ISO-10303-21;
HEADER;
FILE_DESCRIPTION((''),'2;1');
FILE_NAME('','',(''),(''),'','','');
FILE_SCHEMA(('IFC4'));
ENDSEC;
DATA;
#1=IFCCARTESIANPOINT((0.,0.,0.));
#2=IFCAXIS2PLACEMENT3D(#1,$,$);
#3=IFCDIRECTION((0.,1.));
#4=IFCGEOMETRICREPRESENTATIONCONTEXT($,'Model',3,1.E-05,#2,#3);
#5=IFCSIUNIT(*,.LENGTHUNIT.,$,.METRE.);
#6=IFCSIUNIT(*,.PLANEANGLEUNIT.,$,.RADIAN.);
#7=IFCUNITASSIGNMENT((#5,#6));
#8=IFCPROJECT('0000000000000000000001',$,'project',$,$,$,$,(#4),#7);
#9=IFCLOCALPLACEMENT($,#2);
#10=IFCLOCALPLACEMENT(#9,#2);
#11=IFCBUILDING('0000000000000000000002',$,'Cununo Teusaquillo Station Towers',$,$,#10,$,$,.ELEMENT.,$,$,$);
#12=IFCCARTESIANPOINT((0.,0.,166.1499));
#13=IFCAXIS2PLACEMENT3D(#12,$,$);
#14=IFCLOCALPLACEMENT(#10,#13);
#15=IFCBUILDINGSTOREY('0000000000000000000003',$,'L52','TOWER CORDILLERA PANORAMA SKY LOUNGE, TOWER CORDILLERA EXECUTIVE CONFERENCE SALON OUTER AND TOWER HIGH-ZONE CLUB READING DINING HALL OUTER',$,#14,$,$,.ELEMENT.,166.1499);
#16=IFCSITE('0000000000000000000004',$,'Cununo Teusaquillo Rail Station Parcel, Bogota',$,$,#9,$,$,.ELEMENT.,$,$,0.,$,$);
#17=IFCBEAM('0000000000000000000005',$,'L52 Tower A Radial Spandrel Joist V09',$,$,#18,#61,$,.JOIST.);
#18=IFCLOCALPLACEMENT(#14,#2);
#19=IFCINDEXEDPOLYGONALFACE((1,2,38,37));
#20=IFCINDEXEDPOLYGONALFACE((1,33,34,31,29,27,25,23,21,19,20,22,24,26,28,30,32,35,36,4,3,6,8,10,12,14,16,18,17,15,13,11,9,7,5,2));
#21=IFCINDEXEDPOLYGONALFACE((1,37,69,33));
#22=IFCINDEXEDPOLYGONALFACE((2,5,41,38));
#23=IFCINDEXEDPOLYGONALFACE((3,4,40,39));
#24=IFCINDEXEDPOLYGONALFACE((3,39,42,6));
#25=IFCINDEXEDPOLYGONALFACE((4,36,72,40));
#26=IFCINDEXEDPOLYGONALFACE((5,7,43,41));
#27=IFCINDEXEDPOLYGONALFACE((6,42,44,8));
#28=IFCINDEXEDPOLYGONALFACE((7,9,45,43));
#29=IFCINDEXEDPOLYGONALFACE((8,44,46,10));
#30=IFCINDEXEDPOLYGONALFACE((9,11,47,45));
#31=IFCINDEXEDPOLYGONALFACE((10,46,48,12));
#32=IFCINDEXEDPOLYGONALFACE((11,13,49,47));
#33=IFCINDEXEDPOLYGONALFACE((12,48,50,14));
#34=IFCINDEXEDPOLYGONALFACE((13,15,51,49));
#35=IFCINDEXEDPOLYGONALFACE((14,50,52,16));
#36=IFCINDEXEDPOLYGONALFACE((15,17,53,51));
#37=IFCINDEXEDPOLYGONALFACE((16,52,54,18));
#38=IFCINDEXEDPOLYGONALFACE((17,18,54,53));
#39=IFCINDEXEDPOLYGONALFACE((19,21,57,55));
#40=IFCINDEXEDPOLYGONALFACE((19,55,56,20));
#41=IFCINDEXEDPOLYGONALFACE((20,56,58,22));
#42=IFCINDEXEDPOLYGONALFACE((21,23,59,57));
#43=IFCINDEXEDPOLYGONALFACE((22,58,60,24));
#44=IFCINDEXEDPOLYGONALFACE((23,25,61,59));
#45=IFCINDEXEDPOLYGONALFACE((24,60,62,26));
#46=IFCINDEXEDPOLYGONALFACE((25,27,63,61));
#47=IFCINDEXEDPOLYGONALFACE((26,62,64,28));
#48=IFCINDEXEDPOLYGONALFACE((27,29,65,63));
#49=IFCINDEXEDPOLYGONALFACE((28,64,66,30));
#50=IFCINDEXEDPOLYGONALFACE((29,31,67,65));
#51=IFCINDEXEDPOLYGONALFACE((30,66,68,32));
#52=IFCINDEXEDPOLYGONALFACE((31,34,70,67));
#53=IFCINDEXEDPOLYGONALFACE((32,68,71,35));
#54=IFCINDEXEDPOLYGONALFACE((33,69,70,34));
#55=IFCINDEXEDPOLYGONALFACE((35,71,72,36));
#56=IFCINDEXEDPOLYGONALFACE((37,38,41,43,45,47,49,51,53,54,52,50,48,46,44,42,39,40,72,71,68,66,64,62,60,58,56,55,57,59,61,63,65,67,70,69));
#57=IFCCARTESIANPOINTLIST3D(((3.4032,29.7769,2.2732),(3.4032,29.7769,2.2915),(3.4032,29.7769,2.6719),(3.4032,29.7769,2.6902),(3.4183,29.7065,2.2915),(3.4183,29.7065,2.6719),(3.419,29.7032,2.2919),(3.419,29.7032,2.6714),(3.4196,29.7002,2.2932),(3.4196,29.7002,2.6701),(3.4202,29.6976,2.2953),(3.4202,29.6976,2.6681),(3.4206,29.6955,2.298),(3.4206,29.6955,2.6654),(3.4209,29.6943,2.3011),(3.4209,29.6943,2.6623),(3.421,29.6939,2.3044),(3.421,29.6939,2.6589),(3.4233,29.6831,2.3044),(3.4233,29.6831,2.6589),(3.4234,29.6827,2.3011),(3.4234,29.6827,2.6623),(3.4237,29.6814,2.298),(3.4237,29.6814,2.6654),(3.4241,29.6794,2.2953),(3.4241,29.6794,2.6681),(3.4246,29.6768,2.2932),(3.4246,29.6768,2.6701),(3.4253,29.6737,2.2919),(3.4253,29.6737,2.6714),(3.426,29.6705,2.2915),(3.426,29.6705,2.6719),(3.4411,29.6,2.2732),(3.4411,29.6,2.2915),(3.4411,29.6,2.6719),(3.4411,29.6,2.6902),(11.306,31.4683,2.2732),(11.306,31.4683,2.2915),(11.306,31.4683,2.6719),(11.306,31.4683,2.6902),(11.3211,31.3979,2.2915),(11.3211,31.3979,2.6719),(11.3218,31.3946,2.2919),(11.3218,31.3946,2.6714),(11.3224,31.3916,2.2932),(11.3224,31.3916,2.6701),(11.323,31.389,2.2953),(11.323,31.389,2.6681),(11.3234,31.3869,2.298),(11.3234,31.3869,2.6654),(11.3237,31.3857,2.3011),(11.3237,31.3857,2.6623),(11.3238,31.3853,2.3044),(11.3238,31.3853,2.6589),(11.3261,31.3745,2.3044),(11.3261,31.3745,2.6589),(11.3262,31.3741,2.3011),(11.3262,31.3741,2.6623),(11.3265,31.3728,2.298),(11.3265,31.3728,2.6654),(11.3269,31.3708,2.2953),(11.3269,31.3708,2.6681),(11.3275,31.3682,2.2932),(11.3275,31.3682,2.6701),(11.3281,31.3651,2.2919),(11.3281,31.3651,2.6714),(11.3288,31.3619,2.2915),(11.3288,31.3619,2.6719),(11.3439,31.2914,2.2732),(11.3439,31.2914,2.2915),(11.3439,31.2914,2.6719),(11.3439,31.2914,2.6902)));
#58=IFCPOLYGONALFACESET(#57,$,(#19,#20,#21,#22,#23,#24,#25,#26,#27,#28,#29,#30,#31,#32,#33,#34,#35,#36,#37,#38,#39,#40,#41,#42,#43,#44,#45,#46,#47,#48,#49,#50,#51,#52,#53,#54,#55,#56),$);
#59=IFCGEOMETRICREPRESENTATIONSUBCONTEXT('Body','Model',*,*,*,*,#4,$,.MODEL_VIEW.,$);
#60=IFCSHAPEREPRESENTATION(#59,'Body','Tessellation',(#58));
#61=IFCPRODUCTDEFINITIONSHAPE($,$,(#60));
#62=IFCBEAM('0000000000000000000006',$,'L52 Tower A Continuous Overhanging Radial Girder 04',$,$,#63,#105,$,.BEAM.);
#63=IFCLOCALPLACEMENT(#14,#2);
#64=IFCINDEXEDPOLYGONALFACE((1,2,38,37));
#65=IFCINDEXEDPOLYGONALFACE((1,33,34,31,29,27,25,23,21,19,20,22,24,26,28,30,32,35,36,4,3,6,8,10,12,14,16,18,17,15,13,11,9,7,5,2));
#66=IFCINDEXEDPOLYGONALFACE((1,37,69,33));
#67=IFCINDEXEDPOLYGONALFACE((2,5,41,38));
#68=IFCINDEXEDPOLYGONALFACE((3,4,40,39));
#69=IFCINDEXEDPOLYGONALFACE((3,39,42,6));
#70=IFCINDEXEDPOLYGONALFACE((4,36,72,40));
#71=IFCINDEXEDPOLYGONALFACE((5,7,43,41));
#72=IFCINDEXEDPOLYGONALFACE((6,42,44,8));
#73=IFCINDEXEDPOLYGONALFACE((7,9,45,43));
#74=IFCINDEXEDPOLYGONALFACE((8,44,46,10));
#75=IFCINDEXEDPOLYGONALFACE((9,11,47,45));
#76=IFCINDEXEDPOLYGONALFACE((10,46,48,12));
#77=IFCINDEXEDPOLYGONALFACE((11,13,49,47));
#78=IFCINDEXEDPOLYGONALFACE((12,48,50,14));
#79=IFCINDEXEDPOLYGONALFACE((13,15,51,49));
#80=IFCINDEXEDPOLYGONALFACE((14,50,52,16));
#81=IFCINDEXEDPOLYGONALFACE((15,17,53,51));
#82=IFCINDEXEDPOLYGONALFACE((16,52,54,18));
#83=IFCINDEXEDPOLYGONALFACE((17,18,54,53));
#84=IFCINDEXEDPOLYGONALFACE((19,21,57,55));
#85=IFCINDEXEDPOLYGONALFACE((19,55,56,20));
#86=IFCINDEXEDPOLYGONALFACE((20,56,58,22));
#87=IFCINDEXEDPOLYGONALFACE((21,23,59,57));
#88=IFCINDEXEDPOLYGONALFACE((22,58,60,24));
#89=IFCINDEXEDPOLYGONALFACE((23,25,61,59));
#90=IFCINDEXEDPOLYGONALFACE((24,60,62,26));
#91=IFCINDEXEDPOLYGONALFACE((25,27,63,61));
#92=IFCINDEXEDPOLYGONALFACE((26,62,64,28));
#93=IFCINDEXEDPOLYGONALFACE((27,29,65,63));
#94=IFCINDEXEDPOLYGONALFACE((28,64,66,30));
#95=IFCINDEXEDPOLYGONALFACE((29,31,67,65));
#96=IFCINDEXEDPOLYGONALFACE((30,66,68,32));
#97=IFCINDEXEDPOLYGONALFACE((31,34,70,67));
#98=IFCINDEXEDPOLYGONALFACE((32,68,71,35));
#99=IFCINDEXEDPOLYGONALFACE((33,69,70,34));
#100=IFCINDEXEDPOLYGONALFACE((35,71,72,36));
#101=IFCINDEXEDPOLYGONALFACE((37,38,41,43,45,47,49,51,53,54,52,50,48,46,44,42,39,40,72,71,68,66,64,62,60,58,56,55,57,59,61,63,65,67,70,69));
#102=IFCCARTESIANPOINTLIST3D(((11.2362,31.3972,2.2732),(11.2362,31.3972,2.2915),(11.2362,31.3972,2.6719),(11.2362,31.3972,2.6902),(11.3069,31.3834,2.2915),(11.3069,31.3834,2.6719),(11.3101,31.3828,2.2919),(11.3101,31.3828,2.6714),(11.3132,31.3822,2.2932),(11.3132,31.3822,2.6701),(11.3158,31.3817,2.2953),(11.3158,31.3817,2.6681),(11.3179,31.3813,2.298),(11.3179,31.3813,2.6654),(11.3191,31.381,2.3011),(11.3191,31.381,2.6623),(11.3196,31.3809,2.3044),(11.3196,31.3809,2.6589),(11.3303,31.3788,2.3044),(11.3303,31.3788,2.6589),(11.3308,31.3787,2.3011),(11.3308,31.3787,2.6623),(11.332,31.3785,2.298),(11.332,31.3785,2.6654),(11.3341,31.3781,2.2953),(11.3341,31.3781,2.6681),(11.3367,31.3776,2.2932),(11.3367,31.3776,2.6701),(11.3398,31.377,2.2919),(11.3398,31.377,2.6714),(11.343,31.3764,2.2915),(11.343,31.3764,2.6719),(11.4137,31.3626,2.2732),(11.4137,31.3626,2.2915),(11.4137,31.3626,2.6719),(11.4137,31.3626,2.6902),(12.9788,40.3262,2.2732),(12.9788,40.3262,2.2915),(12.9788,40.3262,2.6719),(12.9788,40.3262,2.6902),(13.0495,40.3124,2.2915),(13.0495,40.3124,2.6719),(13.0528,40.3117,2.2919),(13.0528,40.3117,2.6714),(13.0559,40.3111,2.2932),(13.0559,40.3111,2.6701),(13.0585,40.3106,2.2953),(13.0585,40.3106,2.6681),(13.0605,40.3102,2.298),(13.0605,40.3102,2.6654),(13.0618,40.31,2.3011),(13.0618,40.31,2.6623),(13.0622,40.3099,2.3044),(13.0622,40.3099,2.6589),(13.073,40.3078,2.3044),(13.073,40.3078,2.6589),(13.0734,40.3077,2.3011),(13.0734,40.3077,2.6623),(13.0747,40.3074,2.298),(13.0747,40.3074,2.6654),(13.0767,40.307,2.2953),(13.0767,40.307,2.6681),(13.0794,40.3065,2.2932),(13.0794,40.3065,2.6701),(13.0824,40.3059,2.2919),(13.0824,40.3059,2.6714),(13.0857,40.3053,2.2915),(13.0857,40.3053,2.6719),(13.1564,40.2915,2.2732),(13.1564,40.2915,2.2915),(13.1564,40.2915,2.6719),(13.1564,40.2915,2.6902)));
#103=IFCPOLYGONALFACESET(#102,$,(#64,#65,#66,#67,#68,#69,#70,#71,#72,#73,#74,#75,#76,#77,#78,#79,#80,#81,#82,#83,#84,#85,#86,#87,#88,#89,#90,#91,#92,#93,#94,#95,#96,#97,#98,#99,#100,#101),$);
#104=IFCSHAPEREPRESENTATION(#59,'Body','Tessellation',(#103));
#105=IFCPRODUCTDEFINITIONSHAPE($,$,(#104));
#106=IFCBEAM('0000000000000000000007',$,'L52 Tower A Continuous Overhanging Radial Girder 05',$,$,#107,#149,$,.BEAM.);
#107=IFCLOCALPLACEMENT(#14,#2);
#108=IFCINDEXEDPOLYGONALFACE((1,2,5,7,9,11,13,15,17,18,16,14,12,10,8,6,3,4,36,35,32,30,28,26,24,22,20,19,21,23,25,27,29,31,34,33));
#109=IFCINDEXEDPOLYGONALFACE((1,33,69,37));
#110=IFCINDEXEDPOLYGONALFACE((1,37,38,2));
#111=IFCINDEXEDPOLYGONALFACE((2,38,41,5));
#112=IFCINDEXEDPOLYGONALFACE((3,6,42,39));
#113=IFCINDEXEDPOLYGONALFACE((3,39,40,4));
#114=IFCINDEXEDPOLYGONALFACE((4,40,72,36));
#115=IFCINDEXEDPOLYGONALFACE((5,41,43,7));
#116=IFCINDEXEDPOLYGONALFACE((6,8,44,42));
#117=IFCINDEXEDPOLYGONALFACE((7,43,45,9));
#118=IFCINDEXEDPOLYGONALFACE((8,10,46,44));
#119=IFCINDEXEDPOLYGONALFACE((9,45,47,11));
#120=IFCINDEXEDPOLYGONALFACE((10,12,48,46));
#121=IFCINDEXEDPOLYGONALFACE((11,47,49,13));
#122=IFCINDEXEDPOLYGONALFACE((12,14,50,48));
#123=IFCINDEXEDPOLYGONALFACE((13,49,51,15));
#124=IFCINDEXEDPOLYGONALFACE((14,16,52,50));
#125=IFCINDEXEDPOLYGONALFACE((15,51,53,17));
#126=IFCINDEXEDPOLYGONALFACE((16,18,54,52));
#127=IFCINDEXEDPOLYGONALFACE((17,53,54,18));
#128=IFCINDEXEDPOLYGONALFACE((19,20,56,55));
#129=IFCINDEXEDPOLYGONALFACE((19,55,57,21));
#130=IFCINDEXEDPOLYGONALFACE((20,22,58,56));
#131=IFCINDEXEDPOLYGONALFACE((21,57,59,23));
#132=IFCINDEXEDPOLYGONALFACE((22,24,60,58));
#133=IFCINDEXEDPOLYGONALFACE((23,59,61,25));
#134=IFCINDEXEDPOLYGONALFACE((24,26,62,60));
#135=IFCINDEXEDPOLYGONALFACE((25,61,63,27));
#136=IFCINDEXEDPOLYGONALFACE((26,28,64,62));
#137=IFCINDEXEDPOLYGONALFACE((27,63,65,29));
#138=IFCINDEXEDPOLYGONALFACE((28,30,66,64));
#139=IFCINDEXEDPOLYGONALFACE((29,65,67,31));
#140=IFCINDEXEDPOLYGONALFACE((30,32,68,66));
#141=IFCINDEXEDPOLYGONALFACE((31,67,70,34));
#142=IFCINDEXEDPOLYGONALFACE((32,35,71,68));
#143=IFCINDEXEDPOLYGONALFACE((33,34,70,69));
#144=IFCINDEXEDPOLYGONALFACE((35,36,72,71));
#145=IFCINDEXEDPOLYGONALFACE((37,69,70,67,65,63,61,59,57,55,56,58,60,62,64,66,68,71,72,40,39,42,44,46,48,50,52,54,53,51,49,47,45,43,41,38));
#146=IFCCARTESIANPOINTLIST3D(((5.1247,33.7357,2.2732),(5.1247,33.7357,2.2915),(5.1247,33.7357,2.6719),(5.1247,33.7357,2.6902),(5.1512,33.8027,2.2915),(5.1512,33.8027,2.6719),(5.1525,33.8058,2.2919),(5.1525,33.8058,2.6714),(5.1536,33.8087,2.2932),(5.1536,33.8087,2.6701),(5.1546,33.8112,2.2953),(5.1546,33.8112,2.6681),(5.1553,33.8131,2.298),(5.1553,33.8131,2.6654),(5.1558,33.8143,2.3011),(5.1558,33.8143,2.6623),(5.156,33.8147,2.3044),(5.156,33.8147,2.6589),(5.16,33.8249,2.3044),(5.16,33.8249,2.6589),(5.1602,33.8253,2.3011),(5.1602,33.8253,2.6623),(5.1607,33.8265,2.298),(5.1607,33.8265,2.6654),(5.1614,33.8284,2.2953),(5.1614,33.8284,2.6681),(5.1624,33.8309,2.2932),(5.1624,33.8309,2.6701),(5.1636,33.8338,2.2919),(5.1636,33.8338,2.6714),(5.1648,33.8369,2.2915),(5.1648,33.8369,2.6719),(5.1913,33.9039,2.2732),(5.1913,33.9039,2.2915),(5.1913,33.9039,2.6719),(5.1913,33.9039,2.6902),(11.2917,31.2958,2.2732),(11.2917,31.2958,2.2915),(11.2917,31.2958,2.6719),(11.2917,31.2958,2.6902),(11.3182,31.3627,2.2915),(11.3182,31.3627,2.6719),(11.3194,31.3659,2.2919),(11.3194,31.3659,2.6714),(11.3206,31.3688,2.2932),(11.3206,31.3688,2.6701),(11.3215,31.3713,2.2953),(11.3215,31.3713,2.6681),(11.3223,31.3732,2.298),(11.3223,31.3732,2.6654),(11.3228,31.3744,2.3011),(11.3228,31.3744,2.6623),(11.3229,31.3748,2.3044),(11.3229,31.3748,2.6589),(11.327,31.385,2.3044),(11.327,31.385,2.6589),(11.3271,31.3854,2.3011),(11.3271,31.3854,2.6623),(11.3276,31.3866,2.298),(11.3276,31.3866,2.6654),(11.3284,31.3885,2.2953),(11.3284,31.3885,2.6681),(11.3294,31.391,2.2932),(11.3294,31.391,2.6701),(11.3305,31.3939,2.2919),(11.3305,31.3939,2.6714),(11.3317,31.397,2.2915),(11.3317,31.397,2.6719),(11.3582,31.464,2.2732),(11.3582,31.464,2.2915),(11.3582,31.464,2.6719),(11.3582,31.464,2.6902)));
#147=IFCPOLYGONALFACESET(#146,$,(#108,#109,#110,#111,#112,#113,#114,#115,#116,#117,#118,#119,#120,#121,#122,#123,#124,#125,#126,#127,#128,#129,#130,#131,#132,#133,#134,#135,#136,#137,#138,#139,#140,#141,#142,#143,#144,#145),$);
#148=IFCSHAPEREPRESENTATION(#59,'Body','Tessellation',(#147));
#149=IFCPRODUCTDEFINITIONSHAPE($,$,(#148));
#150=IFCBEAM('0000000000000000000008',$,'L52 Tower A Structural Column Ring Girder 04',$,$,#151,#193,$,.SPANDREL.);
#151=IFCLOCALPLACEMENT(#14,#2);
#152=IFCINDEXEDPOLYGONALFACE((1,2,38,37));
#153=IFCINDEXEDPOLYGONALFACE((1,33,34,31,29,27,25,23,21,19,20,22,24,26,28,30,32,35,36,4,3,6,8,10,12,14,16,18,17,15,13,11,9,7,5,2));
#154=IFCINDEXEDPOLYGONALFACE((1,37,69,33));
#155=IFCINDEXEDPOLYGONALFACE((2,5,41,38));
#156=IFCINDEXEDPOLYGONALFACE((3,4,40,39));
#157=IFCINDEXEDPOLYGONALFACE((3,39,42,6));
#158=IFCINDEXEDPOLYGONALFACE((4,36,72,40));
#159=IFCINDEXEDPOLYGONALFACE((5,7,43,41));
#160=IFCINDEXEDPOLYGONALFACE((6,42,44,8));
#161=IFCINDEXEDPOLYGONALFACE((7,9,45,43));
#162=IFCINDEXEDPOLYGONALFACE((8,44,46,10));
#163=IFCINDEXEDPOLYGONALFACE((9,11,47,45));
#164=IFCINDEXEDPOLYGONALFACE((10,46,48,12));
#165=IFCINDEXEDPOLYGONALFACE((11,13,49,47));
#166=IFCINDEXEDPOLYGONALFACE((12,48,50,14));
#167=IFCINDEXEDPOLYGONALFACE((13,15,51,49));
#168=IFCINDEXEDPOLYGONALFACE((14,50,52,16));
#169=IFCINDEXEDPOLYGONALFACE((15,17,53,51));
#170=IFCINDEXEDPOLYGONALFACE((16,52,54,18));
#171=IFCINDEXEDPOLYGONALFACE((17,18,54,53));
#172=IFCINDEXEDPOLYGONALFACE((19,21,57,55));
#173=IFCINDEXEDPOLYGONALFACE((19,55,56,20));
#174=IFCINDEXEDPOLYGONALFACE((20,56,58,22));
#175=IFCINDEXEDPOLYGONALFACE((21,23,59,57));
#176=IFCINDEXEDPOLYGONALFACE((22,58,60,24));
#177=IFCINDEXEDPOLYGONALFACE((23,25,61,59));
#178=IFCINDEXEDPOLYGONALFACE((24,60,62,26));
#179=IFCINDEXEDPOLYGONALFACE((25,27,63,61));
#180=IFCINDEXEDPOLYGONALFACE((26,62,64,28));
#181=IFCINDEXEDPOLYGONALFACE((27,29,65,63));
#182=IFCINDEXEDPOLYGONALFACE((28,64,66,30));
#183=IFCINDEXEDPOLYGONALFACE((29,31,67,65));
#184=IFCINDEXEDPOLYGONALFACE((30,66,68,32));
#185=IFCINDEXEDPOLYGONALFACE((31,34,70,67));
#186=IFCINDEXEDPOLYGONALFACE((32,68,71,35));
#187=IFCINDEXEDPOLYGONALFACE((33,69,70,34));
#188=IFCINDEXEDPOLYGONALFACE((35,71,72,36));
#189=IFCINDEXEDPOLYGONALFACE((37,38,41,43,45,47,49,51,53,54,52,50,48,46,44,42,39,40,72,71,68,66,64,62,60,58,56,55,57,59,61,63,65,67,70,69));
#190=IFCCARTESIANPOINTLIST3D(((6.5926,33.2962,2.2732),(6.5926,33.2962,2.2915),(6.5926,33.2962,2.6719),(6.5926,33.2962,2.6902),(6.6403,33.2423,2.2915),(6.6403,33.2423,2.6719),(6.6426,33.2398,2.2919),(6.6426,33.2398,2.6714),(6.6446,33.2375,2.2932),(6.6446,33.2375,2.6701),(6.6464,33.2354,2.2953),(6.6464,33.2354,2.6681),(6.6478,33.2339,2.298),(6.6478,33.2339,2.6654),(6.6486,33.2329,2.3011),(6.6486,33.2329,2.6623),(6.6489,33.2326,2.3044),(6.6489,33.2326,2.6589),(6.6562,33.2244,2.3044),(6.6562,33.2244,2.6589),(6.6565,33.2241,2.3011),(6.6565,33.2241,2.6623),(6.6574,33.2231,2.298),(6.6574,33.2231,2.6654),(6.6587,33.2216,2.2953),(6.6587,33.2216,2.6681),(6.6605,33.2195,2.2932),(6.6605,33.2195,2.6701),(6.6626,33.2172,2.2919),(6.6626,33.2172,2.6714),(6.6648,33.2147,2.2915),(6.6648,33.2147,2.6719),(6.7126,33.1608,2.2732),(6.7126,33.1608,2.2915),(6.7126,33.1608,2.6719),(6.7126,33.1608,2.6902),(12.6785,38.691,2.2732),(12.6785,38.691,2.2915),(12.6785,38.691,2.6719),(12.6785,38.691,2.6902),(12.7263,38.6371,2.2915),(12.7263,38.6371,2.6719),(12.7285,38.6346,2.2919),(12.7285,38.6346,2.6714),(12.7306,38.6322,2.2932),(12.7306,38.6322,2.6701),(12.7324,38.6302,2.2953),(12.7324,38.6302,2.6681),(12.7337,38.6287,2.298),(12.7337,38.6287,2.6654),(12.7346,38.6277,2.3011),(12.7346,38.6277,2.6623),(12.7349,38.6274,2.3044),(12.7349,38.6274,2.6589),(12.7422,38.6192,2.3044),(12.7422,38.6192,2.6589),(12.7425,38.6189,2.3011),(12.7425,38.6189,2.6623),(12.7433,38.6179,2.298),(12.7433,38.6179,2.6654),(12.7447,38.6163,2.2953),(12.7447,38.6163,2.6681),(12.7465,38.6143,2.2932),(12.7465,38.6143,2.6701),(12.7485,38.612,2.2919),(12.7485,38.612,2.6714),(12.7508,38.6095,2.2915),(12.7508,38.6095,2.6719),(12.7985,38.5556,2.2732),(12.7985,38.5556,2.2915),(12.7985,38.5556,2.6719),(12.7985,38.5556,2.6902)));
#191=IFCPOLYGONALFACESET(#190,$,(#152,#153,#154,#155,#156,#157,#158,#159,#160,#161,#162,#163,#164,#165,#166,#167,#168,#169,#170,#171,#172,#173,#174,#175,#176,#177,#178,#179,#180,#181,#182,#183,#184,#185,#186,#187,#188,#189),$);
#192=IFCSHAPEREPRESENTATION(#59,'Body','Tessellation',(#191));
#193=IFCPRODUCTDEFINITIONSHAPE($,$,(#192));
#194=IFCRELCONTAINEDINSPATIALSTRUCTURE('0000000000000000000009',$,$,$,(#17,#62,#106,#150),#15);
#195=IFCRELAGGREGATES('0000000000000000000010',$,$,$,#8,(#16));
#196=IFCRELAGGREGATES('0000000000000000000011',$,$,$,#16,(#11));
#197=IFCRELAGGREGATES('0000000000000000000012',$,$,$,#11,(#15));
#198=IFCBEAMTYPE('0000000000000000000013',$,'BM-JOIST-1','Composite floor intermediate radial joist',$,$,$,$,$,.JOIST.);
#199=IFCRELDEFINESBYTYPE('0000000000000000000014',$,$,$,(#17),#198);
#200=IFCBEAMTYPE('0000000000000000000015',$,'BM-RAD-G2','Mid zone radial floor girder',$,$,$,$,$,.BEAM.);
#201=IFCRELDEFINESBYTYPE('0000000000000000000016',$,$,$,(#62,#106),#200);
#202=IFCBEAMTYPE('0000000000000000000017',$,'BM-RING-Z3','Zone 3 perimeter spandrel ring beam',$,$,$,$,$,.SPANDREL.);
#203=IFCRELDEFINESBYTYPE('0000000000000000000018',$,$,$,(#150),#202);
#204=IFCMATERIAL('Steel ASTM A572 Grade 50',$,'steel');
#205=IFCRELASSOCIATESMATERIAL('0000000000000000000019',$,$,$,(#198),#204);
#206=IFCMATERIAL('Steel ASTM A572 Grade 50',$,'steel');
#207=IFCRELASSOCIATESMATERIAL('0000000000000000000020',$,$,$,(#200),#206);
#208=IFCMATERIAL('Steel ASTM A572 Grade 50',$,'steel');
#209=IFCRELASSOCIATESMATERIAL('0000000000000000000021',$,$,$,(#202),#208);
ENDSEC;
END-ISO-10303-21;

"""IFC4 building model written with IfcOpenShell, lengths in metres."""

from ifc_helpers import new_model, si_unit, direction, frame, origin, origin_2d, place, context, subcontext, project, spatial, i_section, extrude, material, material_profile, profile_set, type_object, element, save


model = new_model("IFC4")

# Units and contexts
model_context = context("Model", 3, precision=1e-05, world=origin(), true_north=direction((0.0, 1.0)))
body_context = subcontext(model_context, "Body", "Model", "MODEL_VIEW")
ifc_project = project(units=[si_unit("LENGTHUNIT", "METRE"), si_unit("PLANEANGLEUNIT", "RADIAN")], contexts=[model_context])

# Site, building, storey
site_placement = place(None, origin())
site = spatial("IfcSite", under=ifc_project, at=site_placement, Name="Cununo Teusaquillo Rail Station Parcel, Bogota", CompositionType="ELEMENT", RefElevation=0.0)
building_placement = place(site_placement, origin())
building = spatial("IfcBuilding", under=site, at=building_placement, Name="Cununo Teusaquillo Station Towers", CompositionType="ELEMENT")
storey_placement = place(building_placement, frame((0.0, 0.0, 166.1499)))
storey = spatial("IfcBuildingStorey", under=building, at=storey_placement, Name="L52", Description="TOWER CORDILLERA PANORAMA SKY LOUNGE, TOWER CORDILLERA EXECUTIVE CONFERENCE SALON OUTER AND TOWER HIGH-ZONE CLUB READING DINING HALL OUTER", CompositionType="ELEMENT", Elevation=166.1499)

# Beams
ifc_material_1 = material(Name="Steel ASTM A572 Grade 50", Category="steel")
ifc_material_profile_1 = material_profile(ifc_material_1, i_section(OverallWidth=0.1809, OverallDepth=0.417, WebThickness=0.011, FlangeThickness=0.0183, FilletRadius=0.0129, at=origin_2d()), Name="W16X57")
ifc_profile_set_1 = profile_set([ifc_material_profile_1], Name="Steel ASTM A572 Grade 50")
beam_type_1 = type_object("IfcBeamType", Name="BM-JOIST-1", Description="Composite floor intermediate radial joist", PredefinedType="JOIST", material=ifc_profile_set_1)
beam_1_placement = place(storey_placement, frame((11.325, 31.3799, 2.4817), z_axis=(-0.977855, -0.209286, 0.0), x_axis=(0.209286, -0.977855, 0.0)))
element("IfcBeam", 1, at=beam_1_placement, inside=storey, type_object=beam_type_1, Name="L52 Tower A Radial Spandrel Joist V09", PredefinedType="JOIST", context=body_context, shape_type="SweptSolid", body=[
    extrude(i_section(OverallWidth=0.1809, OverallDepth=0.417, WebThickness=0.011, FlangeThickness=0.0183, FilletRadius=0.0129, at=origin_2d()), origin(), (0.0, 0.0, 1.0), 8.0818),
])
ifc_material_2 = material(Name="Steel ASTM A572 Grade 50", Category="steel")
ifc_material_profile_2 = material_profile(ifc_material_2, i_section(OverallWidth=0.1809, OverallDepth=0.417, WebThickness=0.011, FlangeThickness=0.0183, FilletRadius=0.0129, at=origin_2d()), Name="W16X57")
ifc_profile_set_2 = profile_set([ifc_material_profile_2], Name="Steel ASTM A572 Grade 50")
beam_type_2 = type_object("IfcBeamType", Name="BM-RAD-G2", Description="Mid zone radial floor girder", PredefinedType="BEAM", material=ifc_profile_set_2)
beam_2_placement = place(storey_placement, frame((11.325, 31.3799, 2.4817), z_axis=(0.191557, 0.981481, 0.0), x_axis=(-0.981481, 0.191557, 0.0)))
element("IfcBeam", 2, at=beam_2_placement, inside=storey, type_object=beam_type_2, Name="L52 Tower A Continuous Overhanging Radial Girder 04", PredefinedType="BEAM", context=body_context, shape_type="SweptSolid", body=[
    extrude(i_section(OverallWidth=0.1809, OverallDepth=0.417, WebThickness=0.011, FlangeThickness=0.0183, FilletRadius=0.0129, at=origin_2d()), origin(), (0.0, 0.0, 1.0), 9.0974),
])
beam_3_placement = place(storey_placement, frame((11.325, 31.3799, 2.4817), z_axis=(-0.929866, 0.367897, 0.0), x_axis=(-0.367897, -0.929866, 0.0)))
element("IfcBeam", 3, at=beam_3_placement, inside=storey, type_object=beam_type_2, Name="L52 Tower A Continuous Overhanging Radial Girder 05", PredefinedType="BEAM", context=body_context, shape_type="SweptSolid", body=[
    extrude(i_section(OverallWidth=0.1809, OverallDepth=0.417, WebThickness=0.011, FlangeThickness=0.0183, FilletRadius=0.0129, at=origin_2d()), origin(), (0.0, 0.0, 1.0), 6.6321),
])
ifc_material_3 = material(Name="Steel ASTM A572 Grade 50", Category="steel")
ifc_material_profile_3 = material_profile(ifc_material_3, i_section(OverallWidth=0.1809, OverallDepth=0.417, WebThickness=0.011, FlangeThickness=0.0183, FilletRadius=0.0129, at=origin_2d()), Name="W16X57")
ifc_profile_set_3 = profile_set([ifc_material_profile_3], Name="Steel ASTM A572 Grade 50")
beam_type_3 = type_object("IfcBeamType", Name="BM-RING-Z3", Description="Zone 3 perimeter spandrel ring beam", PredefinedType="SPANDREL", material=ifc_profile_set_3)
beam_4_placement = place(storey_placement, frame((12.7385, 38.6233, 2.4817), z_axis=(-0.748321, -0.663337, 0.0), x_axis=(0.663337, -0.748321, 0.0)))
element("IfcBeam", 4, at=beam_4_placement, inside=storey, type_object=beam_type_3, Name="L52 Tower A Structural Column Ring Girder 04", PredefinedType="SPANDREL", context=body_context, shape_type="SweptSolid", body=[
    extrude(i_section(OverallWidth=0.1809, OverallDepth=0.417, WebThickness=0.011, FlangeThickness=0.0183, FilletRadius=0.0129, at=origin_2d()), origin(), (0.0, 0.0, 1.0), 8.1328),
])

save(model, "model.ifc")
